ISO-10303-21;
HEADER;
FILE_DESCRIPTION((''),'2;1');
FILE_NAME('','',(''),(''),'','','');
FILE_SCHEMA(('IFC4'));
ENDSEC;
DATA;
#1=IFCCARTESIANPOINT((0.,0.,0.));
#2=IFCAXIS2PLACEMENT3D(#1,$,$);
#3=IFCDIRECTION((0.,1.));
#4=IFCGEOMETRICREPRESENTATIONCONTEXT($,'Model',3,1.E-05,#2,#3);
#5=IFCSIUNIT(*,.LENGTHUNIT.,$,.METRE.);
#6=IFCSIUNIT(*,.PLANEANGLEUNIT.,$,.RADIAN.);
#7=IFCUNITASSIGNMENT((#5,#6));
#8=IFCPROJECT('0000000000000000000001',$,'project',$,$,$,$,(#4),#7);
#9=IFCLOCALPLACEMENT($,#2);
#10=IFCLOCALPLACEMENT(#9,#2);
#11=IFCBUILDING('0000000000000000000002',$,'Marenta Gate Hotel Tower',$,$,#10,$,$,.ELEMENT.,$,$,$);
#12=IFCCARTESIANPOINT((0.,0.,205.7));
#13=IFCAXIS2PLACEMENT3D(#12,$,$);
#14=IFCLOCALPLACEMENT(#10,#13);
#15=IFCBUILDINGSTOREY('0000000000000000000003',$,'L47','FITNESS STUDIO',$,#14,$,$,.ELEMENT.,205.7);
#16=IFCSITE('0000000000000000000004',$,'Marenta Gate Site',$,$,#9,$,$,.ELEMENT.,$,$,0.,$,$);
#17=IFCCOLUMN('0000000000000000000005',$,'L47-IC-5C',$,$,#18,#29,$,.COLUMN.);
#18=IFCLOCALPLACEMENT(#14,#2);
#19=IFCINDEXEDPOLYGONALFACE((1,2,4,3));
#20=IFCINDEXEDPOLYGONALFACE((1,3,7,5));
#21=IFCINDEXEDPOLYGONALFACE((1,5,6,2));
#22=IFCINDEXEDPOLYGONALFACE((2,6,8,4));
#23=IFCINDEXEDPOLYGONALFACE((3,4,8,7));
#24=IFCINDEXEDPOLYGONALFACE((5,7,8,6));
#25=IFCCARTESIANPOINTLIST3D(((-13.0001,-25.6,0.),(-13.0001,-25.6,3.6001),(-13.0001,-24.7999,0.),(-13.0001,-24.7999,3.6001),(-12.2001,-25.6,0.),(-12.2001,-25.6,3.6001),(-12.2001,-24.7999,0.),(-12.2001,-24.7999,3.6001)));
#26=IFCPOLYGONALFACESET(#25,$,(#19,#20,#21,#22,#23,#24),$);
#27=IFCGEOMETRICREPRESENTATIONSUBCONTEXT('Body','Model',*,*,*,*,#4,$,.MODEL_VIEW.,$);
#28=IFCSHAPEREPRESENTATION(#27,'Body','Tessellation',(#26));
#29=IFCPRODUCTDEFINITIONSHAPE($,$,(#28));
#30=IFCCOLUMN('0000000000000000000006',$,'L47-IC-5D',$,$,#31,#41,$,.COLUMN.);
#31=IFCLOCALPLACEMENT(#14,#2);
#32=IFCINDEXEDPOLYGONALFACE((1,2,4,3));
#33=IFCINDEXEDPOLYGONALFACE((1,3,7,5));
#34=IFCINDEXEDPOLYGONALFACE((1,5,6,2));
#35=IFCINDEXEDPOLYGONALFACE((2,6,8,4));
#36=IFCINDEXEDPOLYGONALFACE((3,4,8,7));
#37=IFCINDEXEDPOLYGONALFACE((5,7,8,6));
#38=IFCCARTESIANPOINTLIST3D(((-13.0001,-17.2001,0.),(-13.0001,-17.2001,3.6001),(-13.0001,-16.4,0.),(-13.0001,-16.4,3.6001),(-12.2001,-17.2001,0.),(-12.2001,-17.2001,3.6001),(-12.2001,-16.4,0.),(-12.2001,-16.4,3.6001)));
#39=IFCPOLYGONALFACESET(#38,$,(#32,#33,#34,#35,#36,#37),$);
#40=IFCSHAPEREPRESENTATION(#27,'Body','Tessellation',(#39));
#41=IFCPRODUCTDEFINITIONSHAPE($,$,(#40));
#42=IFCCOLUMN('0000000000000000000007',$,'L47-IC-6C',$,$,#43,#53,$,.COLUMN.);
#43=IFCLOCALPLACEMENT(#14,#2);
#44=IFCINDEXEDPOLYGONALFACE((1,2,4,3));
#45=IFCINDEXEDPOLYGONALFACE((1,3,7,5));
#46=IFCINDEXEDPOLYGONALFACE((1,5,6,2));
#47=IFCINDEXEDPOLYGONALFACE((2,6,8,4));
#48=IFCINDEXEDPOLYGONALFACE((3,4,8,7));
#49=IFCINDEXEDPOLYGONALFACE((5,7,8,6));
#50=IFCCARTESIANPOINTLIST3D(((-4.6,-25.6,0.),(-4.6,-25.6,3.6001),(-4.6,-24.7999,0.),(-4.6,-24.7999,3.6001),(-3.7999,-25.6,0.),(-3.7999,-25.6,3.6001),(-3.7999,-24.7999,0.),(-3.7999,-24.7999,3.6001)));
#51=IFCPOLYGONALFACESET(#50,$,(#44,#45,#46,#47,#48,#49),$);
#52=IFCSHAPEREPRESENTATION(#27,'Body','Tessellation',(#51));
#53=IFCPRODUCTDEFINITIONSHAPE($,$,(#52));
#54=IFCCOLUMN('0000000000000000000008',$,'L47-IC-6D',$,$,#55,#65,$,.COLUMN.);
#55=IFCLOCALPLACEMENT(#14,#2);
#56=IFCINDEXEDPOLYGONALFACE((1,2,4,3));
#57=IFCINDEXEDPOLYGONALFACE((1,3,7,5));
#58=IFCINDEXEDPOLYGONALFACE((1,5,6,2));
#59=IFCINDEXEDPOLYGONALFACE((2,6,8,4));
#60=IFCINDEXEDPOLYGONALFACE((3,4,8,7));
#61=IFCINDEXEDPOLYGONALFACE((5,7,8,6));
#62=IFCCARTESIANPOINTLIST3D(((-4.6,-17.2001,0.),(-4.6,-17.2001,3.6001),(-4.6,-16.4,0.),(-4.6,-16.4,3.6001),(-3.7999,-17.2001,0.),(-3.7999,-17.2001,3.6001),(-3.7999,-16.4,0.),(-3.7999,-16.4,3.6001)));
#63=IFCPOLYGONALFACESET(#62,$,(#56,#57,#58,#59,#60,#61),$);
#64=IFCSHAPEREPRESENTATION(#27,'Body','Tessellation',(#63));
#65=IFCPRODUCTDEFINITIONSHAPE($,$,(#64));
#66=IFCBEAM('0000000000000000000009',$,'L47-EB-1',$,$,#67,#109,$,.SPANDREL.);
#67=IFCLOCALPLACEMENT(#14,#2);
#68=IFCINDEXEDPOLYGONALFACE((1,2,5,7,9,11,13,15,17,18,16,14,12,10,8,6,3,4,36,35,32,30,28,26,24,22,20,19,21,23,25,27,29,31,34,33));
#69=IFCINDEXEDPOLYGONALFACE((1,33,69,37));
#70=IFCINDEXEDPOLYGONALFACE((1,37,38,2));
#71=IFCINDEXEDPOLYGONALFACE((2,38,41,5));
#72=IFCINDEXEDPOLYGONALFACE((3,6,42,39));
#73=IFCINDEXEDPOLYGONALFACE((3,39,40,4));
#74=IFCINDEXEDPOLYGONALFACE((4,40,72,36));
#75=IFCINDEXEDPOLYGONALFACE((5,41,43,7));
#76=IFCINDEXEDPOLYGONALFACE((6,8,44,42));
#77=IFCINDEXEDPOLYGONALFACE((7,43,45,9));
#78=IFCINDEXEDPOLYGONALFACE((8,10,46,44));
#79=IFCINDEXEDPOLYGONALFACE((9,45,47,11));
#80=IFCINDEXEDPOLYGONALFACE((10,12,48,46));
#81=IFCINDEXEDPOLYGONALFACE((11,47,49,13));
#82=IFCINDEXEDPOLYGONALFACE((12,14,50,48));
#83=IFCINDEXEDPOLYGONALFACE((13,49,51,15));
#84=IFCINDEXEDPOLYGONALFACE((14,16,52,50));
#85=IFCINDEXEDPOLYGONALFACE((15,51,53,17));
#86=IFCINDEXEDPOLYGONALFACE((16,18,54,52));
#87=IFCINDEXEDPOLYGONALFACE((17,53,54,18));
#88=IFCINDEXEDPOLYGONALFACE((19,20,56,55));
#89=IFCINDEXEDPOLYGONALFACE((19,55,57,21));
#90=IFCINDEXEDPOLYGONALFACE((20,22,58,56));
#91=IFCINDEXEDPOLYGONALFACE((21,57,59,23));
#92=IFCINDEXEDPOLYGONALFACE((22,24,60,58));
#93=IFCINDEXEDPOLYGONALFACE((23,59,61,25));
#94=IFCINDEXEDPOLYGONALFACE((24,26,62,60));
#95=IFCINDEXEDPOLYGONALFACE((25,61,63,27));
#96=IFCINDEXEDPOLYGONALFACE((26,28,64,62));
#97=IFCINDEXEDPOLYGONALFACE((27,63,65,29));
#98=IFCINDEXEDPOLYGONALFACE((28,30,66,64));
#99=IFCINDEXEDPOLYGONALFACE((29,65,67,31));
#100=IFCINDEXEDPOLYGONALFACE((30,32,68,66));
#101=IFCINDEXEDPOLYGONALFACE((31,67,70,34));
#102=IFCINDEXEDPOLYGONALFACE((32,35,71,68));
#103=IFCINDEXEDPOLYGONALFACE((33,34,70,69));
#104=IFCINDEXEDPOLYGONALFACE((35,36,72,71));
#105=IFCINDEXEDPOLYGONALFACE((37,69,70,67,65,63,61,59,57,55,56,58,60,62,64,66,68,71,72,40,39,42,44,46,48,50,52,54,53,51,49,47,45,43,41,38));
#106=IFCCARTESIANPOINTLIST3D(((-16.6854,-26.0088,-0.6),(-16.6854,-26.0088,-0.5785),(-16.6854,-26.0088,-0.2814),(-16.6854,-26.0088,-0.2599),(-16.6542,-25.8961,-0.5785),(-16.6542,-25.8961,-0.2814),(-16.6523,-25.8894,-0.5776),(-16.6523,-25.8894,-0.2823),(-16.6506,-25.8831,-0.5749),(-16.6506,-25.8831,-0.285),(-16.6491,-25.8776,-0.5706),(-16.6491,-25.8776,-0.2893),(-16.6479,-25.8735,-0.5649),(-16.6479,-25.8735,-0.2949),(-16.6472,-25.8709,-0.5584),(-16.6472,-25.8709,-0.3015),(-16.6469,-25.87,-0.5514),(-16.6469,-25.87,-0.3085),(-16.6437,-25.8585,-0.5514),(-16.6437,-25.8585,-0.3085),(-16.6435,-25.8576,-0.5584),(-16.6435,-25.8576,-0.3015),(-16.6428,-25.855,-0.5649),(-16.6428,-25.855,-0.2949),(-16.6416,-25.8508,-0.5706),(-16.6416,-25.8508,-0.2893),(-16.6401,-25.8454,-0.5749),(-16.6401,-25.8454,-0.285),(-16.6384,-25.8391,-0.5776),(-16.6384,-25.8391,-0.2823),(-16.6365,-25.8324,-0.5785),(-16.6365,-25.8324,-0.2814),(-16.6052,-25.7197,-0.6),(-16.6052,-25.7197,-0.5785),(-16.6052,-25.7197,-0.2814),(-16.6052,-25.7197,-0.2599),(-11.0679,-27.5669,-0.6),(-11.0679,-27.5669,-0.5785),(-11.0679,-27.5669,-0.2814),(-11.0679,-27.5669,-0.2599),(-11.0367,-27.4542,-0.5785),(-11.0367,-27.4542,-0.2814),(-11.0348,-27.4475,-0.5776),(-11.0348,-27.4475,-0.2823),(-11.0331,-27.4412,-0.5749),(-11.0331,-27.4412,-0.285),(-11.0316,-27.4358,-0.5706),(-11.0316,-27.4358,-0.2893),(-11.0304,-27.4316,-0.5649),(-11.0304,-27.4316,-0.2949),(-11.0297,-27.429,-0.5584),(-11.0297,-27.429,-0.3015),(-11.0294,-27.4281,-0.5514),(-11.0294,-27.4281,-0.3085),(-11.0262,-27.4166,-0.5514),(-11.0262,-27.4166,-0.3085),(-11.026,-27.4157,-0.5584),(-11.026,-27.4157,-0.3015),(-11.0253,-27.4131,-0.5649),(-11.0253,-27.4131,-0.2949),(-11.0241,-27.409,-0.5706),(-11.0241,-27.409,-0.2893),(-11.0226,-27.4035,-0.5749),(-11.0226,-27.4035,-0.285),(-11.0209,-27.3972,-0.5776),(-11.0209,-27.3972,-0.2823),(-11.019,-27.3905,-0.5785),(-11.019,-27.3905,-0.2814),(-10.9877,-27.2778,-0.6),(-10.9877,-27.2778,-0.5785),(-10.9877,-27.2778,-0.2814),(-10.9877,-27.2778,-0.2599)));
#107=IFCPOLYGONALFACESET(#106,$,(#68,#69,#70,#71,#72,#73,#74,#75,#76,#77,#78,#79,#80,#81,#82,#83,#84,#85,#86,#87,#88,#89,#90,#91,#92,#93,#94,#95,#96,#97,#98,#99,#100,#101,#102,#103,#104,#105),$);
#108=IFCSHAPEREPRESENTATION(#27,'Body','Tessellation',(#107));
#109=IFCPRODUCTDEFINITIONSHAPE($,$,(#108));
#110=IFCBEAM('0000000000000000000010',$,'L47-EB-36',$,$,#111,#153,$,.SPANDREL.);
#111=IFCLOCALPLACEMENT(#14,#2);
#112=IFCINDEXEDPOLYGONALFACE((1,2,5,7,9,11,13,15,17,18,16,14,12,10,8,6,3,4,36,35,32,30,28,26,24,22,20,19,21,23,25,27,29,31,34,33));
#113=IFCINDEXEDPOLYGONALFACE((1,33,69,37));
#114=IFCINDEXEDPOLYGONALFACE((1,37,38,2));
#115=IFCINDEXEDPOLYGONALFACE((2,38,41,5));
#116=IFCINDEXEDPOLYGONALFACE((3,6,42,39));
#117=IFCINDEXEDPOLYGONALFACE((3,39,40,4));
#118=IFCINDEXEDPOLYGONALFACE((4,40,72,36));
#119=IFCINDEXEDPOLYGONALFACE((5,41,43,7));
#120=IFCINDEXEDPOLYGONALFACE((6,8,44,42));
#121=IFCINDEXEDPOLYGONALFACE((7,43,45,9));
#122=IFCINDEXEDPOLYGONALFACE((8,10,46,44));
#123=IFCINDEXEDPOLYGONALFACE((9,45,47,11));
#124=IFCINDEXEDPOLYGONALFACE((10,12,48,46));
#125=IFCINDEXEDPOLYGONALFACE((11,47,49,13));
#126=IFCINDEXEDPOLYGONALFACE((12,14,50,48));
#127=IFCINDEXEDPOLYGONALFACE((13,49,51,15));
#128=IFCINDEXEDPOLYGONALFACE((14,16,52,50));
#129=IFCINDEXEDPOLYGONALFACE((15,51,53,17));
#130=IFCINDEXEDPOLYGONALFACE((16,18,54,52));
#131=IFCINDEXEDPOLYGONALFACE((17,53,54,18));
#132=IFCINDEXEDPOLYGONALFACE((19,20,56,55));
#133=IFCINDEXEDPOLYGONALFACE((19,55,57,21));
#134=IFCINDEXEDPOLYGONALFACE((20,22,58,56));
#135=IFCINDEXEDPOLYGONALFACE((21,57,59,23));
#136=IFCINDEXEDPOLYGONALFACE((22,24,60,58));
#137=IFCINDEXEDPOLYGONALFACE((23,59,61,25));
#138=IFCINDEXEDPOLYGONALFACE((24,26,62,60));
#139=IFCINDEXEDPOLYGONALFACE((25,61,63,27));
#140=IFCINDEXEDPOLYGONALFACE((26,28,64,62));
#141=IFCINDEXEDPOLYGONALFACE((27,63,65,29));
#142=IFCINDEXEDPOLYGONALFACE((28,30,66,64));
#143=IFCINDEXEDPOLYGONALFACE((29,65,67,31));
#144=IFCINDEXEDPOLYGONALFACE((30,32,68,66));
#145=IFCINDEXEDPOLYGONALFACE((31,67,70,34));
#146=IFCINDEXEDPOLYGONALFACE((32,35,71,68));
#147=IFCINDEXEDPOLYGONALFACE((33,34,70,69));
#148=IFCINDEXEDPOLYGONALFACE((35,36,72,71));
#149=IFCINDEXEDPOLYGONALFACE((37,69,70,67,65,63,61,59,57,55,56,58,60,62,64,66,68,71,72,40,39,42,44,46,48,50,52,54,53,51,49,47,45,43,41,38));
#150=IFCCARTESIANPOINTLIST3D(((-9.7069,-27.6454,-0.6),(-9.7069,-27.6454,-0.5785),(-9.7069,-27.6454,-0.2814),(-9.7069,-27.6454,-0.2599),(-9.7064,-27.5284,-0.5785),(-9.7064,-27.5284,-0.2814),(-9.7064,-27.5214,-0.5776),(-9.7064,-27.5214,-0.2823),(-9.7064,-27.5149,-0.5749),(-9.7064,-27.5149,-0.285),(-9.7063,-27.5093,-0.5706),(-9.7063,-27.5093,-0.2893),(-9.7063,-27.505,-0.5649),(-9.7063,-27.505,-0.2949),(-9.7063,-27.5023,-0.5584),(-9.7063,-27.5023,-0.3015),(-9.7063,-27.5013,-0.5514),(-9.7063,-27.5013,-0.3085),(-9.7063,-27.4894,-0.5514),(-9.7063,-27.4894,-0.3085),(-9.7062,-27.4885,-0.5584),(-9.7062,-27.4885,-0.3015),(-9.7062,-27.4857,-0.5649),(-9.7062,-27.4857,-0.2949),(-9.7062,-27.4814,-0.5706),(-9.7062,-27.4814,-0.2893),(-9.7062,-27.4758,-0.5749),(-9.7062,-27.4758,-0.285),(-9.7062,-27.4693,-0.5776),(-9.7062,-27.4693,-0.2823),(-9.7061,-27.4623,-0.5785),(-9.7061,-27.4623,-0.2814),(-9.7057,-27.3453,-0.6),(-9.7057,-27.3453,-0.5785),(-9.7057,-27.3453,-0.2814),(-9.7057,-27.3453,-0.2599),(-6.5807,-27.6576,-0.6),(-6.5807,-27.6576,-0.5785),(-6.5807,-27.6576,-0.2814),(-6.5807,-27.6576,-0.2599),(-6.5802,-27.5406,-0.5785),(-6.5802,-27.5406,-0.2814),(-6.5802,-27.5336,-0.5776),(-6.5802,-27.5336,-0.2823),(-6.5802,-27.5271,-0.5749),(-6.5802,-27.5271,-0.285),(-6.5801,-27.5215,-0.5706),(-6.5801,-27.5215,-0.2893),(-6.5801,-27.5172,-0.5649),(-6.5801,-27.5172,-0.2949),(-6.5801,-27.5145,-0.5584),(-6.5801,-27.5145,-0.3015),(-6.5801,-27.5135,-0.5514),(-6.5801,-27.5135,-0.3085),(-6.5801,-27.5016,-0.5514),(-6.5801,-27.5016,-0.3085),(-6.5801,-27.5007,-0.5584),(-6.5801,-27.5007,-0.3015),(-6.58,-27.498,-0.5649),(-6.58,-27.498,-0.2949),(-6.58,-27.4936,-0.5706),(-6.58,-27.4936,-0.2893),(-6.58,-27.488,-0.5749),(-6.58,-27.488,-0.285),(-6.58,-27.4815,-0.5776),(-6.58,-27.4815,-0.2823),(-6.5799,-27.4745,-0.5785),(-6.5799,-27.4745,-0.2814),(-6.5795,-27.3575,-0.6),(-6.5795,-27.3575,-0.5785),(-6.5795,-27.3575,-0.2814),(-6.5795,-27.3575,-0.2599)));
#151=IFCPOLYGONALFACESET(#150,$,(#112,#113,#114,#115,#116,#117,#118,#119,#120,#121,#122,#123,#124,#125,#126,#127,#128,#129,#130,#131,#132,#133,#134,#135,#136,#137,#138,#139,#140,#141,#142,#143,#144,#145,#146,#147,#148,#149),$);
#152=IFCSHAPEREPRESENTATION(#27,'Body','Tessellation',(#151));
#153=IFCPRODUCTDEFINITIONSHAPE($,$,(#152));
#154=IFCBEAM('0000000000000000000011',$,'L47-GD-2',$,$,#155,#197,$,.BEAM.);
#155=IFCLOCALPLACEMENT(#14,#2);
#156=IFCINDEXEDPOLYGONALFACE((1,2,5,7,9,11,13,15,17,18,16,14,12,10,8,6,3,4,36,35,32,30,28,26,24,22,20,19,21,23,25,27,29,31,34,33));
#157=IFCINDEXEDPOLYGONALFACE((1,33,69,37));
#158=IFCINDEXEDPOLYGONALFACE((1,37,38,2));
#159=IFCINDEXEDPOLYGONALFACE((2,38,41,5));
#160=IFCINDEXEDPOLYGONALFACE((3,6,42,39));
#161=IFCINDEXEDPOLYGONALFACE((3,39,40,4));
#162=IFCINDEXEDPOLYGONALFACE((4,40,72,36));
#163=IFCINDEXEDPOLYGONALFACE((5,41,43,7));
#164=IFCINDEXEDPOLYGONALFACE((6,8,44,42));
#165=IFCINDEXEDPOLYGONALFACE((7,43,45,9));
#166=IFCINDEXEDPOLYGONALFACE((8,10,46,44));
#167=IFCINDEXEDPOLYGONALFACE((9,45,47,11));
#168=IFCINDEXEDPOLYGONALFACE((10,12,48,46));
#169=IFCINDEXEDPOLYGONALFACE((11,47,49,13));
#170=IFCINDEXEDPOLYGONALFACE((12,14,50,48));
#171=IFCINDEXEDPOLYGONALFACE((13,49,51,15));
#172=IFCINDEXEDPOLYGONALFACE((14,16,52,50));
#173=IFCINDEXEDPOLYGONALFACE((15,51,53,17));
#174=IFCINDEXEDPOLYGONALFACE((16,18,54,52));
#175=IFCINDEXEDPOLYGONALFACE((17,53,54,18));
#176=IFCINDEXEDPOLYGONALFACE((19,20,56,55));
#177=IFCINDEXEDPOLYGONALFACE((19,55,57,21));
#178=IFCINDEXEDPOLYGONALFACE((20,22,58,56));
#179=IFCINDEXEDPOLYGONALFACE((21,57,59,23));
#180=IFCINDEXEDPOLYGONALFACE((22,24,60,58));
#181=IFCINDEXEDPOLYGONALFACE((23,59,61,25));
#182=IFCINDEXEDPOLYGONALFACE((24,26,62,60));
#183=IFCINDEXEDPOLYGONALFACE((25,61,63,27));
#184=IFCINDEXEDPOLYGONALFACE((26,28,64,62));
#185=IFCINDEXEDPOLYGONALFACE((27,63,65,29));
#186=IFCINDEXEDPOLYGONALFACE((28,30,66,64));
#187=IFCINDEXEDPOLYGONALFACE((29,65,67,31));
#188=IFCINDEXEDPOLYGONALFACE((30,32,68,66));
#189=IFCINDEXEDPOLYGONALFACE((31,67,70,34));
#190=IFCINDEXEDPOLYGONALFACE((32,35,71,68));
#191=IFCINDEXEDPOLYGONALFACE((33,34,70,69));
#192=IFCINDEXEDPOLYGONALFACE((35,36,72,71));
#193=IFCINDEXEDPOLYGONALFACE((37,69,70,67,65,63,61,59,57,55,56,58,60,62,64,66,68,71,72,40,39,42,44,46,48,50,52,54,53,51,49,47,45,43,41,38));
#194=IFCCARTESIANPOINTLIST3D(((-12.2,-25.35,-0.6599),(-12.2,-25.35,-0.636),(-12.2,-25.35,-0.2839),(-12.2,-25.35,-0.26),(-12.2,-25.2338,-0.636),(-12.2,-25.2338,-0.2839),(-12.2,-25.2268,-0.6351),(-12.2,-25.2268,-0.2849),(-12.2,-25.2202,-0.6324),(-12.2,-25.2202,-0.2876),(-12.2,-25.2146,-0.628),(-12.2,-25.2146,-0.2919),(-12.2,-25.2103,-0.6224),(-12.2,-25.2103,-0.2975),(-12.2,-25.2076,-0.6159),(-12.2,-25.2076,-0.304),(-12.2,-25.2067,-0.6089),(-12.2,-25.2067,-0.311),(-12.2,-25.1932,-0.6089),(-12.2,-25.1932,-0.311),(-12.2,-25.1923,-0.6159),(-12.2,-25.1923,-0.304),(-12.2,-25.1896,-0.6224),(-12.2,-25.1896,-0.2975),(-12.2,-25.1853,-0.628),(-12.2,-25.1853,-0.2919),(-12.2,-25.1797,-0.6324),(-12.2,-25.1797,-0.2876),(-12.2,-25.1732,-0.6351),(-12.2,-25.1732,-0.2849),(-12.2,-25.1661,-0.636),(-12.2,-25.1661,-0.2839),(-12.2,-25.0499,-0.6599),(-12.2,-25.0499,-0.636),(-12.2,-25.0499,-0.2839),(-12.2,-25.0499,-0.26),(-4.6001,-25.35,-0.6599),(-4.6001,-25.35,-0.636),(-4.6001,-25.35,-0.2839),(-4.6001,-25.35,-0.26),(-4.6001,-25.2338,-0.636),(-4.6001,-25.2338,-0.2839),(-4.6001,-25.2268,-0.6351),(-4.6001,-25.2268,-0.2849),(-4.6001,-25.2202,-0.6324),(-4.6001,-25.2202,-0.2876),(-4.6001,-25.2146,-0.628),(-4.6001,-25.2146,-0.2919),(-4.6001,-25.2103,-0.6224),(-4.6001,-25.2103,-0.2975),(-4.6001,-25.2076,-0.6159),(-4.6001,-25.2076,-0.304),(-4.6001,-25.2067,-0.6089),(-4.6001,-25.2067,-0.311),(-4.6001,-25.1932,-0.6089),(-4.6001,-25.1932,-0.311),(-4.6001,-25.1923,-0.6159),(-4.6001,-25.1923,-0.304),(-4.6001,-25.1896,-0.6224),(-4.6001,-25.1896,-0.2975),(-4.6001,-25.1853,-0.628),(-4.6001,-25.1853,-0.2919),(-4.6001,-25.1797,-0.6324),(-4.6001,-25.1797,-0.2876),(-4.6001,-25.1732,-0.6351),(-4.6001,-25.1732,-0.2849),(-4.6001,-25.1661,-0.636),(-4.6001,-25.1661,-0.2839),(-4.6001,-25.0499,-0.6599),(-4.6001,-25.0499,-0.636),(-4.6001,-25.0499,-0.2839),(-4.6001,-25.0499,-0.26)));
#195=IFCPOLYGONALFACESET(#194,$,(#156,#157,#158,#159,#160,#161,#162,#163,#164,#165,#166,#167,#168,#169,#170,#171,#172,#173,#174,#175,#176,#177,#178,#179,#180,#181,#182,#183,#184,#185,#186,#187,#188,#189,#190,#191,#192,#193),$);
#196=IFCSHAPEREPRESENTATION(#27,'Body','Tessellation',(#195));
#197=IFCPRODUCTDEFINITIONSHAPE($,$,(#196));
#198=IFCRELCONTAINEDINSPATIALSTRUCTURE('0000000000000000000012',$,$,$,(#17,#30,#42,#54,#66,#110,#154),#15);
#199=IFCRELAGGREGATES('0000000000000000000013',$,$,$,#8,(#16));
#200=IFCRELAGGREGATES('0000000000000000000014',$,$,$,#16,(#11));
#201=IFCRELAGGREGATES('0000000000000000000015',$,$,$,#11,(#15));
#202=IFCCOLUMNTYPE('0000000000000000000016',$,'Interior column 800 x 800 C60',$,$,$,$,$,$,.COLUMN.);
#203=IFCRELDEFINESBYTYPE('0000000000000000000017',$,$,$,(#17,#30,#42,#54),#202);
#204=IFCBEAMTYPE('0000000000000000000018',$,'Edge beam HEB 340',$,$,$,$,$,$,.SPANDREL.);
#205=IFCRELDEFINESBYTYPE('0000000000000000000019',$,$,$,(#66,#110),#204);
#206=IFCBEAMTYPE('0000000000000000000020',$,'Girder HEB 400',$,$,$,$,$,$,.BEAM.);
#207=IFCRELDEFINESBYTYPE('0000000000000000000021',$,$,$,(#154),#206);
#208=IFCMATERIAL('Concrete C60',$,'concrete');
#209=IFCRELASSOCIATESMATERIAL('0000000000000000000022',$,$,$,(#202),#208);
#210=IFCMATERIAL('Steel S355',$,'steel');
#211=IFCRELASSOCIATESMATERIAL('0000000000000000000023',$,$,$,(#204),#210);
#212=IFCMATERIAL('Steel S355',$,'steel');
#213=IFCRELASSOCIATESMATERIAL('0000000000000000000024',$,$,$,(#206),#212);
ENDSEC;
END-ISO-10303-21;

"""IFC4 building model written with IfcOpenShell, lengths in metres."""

from ifc_helpers import new_model, si_unit, direction, frame, origin, origin_2d, place, context, subcontext, project, spatial, rectangle, i_section, extrude, material, material_profile, profile_set, type_object, element, save


model = new_model("IFC4")

# Units and contexts
model_context = context("Model", 3, precision=1e-05, world=origin(), true_north=direction((0.0, 1.0)))
body_context = subcontext(model_context, "Body", "Model", "MODEL_VIEW")
ifc_project = project(units=[si_unit("LENGTHUNIT", "METRE"), si_unit("PLANEANGLEUNIT", "RADIAN")], contexts=[model_context])

# Site, building, storey
site_placement = place(None, origin())
site = spatial("IfcSite", under=ifc_project, at=site_placement, Name="Marenta Gate Site", CompositionType="ELEMENT", RefElevation=0.0)
building_placement = place(site_placement, origin())
building = spatial("IfcBuilding", under=site, at=building_placement, Name="Marenta Gate Hotel Tower", CompositionType="ELEMENT")
storey_placement = place(building_placement, frame((0.0, 0.0, 205.7)))
storey = spatial("IfcBuildingStorey", under=building, at=storey_placement, Name="L47", Description="FITNESS STUDIO", CompositionType="ELEMENT", Elevation=205.7)

# Columns
ifc_material_1 = material(Name="Concrete C60", Category="concrete")
ifc_material_profile_1 = material_profile(ifc_material_1, rectangle(XDim=0.8, YDim=0.8, at=origin_2d()), Name="800 x 800")
ifc_profile_set_1 = profile_set([ifc_material_profile_1], Name="Concrete C60")
column_type = type_object("IfcColumnType", Name="Interior column 800 x 800 C60", PredefinedType="COLUMN", material=ifc_profile_set_1)
for number, where, z_axis, x_axis, name in (
    (1, (-12.6001, -25.2, 0.0), (0.0, 0.0, 1.0), (1.0, 0.0, 0.0), "L47-IC-5C"),
    (2, (-12.6001, -16.8, 0.0), (0.0, 0.0, 1.0), (1.0, 0.0, 0.0), "L47-IC-5D"),
    (3, (-4.2, -25.2, 0.0), (0.0, 0.0, 1.0), (1.0, 0.0, 0.0), "L47-IC-6C"),
    (4, (-4.2, -16.8, 0.0), (0.0, 0.0, 1.0), (1.0, 0.0, 0.0), "L47-IC-6D"),
):
    element("IfcColumn", number, at=place(storey_placement, frame(where, z_axis=z_axis, x_axis=x_axis)), inside=storey, type_object=column_type, Name=name, PredefinedType="COLUMN", context=body_context, shape_type="SweptSolid", body=[
        extrude(rectangle(XDim=0.8, YDim=0.8, at=origin_2d()), origin(), (0.0, 0.0, 1.0), 3.6001),
    ])

# Beams
ifc_material_2 = material(Name="Steel S355", Category="steel")
ifc_material_profile_2 = material_profile(ifc_material_2, i_section(OverallWidth=0.3, OverallDepth=0.3401, WebThickness=0.012, FlangeThickness=0.0215, FilletRadius=0.0271, at=origin_2d()), Name="HEB 340")
ifc_profile_set_2 = profile_set([ifc_material_profile_2], Name="Steel S355")
beam_type_1 = type_object("IfcBeamType", Name="Edge beam HEB 340", PredefinedType="SPANDREL", material=ifc_profile_set_2)
beam_1_placement = place(storey_placement, frame((-11.0278, -27.4224, -0.4299), z_axis=(-0.963619, 0.267279, 0.0), x_axis=(-0.267279, -0.963619, 0.0)))
element("IfcBeam", 5, at=beam_1_placement, inside=storey, type_object=beam_type_1, Name="L47-EB-1", PredefinedType="SPANDREL", context=body_context, shape_type="SweptSolid", body=[
    extrude(i_section(OverallWidth=0.3, OverallDepth=0.3401, WebThickness=0.012, FlangeThickness=0.0215, FilletRadius=0.0271, at=origin_2d()), origin(), (0.0, 0.0, 1.0), 5.8296),
])
beam_2_placement = place(storey_placement, frame((-6.5801, -27.5076, -0.4299), z_axis=(-0.999992, 0.003905, 0.0), x_axis=(-0.003905, -0.999992, 0.0)))
element("IfcBeam", 6, at=beam_2_placement, inside=storey, type_object=beam_type_1, Name="L47-EB-36", PredefinedType="SPANDREL", context=body_context, shape_type="SweptSolid", body=[
    extrude(i_section(OverallWidth=0.3, OverallDepth=0.3401, WebThickness=0.012, FlangeThickness=0.0215, FilletRadius=0.0271, at=origin_2d()), origin(), (0.0, 0.0, 1.0), 3.1262),
])
ifc_material_3 = material(Name="Steel S355", Category="steel")
ifc_material_profile_3 = material_profile(ifc_material_3, i_section(OverallWidth=0.3, OverallDepth=0.3999, WebThickness=0.0134, FlangeThickness=0.0239, FilletRadius=0.0271, at=origin_2d()), Name="HEB 400")
ifc_profile_set_3 = profile_set([ifc_material_profile_3], Name="Steel S355")
beam_type_2 = type_object("IfcBeamType", Name="Girder HEB 400", PredefinedType="BEAM", material=ifc_profile_set_3)
beam_3_placement = place(storey_placement, frame((-12.2, -25.2, -0.46), z_axis=(1.0, 0.0, 0.0), x_axis=(0.0, 1.0, 0.0)))
element("IfcBeam", 7, at=beam_3_placement, inside=storey, type_object=beam_type_2, Name="L47-GD-2", PredefinedType="BEAM", context=body_context, shape_type="SweptSolid", body=[
    extrude(i_section(OverallWidth=0.3, OverallDepth=0.3999, WebThickness=0.0134, FlangeThickness=0.0239, FilletRadius=0.0271, at=origin_2d()), origin(), (0.0, 0.0, 1.0), 7.5999),
])

save(model, "model.ifc")
